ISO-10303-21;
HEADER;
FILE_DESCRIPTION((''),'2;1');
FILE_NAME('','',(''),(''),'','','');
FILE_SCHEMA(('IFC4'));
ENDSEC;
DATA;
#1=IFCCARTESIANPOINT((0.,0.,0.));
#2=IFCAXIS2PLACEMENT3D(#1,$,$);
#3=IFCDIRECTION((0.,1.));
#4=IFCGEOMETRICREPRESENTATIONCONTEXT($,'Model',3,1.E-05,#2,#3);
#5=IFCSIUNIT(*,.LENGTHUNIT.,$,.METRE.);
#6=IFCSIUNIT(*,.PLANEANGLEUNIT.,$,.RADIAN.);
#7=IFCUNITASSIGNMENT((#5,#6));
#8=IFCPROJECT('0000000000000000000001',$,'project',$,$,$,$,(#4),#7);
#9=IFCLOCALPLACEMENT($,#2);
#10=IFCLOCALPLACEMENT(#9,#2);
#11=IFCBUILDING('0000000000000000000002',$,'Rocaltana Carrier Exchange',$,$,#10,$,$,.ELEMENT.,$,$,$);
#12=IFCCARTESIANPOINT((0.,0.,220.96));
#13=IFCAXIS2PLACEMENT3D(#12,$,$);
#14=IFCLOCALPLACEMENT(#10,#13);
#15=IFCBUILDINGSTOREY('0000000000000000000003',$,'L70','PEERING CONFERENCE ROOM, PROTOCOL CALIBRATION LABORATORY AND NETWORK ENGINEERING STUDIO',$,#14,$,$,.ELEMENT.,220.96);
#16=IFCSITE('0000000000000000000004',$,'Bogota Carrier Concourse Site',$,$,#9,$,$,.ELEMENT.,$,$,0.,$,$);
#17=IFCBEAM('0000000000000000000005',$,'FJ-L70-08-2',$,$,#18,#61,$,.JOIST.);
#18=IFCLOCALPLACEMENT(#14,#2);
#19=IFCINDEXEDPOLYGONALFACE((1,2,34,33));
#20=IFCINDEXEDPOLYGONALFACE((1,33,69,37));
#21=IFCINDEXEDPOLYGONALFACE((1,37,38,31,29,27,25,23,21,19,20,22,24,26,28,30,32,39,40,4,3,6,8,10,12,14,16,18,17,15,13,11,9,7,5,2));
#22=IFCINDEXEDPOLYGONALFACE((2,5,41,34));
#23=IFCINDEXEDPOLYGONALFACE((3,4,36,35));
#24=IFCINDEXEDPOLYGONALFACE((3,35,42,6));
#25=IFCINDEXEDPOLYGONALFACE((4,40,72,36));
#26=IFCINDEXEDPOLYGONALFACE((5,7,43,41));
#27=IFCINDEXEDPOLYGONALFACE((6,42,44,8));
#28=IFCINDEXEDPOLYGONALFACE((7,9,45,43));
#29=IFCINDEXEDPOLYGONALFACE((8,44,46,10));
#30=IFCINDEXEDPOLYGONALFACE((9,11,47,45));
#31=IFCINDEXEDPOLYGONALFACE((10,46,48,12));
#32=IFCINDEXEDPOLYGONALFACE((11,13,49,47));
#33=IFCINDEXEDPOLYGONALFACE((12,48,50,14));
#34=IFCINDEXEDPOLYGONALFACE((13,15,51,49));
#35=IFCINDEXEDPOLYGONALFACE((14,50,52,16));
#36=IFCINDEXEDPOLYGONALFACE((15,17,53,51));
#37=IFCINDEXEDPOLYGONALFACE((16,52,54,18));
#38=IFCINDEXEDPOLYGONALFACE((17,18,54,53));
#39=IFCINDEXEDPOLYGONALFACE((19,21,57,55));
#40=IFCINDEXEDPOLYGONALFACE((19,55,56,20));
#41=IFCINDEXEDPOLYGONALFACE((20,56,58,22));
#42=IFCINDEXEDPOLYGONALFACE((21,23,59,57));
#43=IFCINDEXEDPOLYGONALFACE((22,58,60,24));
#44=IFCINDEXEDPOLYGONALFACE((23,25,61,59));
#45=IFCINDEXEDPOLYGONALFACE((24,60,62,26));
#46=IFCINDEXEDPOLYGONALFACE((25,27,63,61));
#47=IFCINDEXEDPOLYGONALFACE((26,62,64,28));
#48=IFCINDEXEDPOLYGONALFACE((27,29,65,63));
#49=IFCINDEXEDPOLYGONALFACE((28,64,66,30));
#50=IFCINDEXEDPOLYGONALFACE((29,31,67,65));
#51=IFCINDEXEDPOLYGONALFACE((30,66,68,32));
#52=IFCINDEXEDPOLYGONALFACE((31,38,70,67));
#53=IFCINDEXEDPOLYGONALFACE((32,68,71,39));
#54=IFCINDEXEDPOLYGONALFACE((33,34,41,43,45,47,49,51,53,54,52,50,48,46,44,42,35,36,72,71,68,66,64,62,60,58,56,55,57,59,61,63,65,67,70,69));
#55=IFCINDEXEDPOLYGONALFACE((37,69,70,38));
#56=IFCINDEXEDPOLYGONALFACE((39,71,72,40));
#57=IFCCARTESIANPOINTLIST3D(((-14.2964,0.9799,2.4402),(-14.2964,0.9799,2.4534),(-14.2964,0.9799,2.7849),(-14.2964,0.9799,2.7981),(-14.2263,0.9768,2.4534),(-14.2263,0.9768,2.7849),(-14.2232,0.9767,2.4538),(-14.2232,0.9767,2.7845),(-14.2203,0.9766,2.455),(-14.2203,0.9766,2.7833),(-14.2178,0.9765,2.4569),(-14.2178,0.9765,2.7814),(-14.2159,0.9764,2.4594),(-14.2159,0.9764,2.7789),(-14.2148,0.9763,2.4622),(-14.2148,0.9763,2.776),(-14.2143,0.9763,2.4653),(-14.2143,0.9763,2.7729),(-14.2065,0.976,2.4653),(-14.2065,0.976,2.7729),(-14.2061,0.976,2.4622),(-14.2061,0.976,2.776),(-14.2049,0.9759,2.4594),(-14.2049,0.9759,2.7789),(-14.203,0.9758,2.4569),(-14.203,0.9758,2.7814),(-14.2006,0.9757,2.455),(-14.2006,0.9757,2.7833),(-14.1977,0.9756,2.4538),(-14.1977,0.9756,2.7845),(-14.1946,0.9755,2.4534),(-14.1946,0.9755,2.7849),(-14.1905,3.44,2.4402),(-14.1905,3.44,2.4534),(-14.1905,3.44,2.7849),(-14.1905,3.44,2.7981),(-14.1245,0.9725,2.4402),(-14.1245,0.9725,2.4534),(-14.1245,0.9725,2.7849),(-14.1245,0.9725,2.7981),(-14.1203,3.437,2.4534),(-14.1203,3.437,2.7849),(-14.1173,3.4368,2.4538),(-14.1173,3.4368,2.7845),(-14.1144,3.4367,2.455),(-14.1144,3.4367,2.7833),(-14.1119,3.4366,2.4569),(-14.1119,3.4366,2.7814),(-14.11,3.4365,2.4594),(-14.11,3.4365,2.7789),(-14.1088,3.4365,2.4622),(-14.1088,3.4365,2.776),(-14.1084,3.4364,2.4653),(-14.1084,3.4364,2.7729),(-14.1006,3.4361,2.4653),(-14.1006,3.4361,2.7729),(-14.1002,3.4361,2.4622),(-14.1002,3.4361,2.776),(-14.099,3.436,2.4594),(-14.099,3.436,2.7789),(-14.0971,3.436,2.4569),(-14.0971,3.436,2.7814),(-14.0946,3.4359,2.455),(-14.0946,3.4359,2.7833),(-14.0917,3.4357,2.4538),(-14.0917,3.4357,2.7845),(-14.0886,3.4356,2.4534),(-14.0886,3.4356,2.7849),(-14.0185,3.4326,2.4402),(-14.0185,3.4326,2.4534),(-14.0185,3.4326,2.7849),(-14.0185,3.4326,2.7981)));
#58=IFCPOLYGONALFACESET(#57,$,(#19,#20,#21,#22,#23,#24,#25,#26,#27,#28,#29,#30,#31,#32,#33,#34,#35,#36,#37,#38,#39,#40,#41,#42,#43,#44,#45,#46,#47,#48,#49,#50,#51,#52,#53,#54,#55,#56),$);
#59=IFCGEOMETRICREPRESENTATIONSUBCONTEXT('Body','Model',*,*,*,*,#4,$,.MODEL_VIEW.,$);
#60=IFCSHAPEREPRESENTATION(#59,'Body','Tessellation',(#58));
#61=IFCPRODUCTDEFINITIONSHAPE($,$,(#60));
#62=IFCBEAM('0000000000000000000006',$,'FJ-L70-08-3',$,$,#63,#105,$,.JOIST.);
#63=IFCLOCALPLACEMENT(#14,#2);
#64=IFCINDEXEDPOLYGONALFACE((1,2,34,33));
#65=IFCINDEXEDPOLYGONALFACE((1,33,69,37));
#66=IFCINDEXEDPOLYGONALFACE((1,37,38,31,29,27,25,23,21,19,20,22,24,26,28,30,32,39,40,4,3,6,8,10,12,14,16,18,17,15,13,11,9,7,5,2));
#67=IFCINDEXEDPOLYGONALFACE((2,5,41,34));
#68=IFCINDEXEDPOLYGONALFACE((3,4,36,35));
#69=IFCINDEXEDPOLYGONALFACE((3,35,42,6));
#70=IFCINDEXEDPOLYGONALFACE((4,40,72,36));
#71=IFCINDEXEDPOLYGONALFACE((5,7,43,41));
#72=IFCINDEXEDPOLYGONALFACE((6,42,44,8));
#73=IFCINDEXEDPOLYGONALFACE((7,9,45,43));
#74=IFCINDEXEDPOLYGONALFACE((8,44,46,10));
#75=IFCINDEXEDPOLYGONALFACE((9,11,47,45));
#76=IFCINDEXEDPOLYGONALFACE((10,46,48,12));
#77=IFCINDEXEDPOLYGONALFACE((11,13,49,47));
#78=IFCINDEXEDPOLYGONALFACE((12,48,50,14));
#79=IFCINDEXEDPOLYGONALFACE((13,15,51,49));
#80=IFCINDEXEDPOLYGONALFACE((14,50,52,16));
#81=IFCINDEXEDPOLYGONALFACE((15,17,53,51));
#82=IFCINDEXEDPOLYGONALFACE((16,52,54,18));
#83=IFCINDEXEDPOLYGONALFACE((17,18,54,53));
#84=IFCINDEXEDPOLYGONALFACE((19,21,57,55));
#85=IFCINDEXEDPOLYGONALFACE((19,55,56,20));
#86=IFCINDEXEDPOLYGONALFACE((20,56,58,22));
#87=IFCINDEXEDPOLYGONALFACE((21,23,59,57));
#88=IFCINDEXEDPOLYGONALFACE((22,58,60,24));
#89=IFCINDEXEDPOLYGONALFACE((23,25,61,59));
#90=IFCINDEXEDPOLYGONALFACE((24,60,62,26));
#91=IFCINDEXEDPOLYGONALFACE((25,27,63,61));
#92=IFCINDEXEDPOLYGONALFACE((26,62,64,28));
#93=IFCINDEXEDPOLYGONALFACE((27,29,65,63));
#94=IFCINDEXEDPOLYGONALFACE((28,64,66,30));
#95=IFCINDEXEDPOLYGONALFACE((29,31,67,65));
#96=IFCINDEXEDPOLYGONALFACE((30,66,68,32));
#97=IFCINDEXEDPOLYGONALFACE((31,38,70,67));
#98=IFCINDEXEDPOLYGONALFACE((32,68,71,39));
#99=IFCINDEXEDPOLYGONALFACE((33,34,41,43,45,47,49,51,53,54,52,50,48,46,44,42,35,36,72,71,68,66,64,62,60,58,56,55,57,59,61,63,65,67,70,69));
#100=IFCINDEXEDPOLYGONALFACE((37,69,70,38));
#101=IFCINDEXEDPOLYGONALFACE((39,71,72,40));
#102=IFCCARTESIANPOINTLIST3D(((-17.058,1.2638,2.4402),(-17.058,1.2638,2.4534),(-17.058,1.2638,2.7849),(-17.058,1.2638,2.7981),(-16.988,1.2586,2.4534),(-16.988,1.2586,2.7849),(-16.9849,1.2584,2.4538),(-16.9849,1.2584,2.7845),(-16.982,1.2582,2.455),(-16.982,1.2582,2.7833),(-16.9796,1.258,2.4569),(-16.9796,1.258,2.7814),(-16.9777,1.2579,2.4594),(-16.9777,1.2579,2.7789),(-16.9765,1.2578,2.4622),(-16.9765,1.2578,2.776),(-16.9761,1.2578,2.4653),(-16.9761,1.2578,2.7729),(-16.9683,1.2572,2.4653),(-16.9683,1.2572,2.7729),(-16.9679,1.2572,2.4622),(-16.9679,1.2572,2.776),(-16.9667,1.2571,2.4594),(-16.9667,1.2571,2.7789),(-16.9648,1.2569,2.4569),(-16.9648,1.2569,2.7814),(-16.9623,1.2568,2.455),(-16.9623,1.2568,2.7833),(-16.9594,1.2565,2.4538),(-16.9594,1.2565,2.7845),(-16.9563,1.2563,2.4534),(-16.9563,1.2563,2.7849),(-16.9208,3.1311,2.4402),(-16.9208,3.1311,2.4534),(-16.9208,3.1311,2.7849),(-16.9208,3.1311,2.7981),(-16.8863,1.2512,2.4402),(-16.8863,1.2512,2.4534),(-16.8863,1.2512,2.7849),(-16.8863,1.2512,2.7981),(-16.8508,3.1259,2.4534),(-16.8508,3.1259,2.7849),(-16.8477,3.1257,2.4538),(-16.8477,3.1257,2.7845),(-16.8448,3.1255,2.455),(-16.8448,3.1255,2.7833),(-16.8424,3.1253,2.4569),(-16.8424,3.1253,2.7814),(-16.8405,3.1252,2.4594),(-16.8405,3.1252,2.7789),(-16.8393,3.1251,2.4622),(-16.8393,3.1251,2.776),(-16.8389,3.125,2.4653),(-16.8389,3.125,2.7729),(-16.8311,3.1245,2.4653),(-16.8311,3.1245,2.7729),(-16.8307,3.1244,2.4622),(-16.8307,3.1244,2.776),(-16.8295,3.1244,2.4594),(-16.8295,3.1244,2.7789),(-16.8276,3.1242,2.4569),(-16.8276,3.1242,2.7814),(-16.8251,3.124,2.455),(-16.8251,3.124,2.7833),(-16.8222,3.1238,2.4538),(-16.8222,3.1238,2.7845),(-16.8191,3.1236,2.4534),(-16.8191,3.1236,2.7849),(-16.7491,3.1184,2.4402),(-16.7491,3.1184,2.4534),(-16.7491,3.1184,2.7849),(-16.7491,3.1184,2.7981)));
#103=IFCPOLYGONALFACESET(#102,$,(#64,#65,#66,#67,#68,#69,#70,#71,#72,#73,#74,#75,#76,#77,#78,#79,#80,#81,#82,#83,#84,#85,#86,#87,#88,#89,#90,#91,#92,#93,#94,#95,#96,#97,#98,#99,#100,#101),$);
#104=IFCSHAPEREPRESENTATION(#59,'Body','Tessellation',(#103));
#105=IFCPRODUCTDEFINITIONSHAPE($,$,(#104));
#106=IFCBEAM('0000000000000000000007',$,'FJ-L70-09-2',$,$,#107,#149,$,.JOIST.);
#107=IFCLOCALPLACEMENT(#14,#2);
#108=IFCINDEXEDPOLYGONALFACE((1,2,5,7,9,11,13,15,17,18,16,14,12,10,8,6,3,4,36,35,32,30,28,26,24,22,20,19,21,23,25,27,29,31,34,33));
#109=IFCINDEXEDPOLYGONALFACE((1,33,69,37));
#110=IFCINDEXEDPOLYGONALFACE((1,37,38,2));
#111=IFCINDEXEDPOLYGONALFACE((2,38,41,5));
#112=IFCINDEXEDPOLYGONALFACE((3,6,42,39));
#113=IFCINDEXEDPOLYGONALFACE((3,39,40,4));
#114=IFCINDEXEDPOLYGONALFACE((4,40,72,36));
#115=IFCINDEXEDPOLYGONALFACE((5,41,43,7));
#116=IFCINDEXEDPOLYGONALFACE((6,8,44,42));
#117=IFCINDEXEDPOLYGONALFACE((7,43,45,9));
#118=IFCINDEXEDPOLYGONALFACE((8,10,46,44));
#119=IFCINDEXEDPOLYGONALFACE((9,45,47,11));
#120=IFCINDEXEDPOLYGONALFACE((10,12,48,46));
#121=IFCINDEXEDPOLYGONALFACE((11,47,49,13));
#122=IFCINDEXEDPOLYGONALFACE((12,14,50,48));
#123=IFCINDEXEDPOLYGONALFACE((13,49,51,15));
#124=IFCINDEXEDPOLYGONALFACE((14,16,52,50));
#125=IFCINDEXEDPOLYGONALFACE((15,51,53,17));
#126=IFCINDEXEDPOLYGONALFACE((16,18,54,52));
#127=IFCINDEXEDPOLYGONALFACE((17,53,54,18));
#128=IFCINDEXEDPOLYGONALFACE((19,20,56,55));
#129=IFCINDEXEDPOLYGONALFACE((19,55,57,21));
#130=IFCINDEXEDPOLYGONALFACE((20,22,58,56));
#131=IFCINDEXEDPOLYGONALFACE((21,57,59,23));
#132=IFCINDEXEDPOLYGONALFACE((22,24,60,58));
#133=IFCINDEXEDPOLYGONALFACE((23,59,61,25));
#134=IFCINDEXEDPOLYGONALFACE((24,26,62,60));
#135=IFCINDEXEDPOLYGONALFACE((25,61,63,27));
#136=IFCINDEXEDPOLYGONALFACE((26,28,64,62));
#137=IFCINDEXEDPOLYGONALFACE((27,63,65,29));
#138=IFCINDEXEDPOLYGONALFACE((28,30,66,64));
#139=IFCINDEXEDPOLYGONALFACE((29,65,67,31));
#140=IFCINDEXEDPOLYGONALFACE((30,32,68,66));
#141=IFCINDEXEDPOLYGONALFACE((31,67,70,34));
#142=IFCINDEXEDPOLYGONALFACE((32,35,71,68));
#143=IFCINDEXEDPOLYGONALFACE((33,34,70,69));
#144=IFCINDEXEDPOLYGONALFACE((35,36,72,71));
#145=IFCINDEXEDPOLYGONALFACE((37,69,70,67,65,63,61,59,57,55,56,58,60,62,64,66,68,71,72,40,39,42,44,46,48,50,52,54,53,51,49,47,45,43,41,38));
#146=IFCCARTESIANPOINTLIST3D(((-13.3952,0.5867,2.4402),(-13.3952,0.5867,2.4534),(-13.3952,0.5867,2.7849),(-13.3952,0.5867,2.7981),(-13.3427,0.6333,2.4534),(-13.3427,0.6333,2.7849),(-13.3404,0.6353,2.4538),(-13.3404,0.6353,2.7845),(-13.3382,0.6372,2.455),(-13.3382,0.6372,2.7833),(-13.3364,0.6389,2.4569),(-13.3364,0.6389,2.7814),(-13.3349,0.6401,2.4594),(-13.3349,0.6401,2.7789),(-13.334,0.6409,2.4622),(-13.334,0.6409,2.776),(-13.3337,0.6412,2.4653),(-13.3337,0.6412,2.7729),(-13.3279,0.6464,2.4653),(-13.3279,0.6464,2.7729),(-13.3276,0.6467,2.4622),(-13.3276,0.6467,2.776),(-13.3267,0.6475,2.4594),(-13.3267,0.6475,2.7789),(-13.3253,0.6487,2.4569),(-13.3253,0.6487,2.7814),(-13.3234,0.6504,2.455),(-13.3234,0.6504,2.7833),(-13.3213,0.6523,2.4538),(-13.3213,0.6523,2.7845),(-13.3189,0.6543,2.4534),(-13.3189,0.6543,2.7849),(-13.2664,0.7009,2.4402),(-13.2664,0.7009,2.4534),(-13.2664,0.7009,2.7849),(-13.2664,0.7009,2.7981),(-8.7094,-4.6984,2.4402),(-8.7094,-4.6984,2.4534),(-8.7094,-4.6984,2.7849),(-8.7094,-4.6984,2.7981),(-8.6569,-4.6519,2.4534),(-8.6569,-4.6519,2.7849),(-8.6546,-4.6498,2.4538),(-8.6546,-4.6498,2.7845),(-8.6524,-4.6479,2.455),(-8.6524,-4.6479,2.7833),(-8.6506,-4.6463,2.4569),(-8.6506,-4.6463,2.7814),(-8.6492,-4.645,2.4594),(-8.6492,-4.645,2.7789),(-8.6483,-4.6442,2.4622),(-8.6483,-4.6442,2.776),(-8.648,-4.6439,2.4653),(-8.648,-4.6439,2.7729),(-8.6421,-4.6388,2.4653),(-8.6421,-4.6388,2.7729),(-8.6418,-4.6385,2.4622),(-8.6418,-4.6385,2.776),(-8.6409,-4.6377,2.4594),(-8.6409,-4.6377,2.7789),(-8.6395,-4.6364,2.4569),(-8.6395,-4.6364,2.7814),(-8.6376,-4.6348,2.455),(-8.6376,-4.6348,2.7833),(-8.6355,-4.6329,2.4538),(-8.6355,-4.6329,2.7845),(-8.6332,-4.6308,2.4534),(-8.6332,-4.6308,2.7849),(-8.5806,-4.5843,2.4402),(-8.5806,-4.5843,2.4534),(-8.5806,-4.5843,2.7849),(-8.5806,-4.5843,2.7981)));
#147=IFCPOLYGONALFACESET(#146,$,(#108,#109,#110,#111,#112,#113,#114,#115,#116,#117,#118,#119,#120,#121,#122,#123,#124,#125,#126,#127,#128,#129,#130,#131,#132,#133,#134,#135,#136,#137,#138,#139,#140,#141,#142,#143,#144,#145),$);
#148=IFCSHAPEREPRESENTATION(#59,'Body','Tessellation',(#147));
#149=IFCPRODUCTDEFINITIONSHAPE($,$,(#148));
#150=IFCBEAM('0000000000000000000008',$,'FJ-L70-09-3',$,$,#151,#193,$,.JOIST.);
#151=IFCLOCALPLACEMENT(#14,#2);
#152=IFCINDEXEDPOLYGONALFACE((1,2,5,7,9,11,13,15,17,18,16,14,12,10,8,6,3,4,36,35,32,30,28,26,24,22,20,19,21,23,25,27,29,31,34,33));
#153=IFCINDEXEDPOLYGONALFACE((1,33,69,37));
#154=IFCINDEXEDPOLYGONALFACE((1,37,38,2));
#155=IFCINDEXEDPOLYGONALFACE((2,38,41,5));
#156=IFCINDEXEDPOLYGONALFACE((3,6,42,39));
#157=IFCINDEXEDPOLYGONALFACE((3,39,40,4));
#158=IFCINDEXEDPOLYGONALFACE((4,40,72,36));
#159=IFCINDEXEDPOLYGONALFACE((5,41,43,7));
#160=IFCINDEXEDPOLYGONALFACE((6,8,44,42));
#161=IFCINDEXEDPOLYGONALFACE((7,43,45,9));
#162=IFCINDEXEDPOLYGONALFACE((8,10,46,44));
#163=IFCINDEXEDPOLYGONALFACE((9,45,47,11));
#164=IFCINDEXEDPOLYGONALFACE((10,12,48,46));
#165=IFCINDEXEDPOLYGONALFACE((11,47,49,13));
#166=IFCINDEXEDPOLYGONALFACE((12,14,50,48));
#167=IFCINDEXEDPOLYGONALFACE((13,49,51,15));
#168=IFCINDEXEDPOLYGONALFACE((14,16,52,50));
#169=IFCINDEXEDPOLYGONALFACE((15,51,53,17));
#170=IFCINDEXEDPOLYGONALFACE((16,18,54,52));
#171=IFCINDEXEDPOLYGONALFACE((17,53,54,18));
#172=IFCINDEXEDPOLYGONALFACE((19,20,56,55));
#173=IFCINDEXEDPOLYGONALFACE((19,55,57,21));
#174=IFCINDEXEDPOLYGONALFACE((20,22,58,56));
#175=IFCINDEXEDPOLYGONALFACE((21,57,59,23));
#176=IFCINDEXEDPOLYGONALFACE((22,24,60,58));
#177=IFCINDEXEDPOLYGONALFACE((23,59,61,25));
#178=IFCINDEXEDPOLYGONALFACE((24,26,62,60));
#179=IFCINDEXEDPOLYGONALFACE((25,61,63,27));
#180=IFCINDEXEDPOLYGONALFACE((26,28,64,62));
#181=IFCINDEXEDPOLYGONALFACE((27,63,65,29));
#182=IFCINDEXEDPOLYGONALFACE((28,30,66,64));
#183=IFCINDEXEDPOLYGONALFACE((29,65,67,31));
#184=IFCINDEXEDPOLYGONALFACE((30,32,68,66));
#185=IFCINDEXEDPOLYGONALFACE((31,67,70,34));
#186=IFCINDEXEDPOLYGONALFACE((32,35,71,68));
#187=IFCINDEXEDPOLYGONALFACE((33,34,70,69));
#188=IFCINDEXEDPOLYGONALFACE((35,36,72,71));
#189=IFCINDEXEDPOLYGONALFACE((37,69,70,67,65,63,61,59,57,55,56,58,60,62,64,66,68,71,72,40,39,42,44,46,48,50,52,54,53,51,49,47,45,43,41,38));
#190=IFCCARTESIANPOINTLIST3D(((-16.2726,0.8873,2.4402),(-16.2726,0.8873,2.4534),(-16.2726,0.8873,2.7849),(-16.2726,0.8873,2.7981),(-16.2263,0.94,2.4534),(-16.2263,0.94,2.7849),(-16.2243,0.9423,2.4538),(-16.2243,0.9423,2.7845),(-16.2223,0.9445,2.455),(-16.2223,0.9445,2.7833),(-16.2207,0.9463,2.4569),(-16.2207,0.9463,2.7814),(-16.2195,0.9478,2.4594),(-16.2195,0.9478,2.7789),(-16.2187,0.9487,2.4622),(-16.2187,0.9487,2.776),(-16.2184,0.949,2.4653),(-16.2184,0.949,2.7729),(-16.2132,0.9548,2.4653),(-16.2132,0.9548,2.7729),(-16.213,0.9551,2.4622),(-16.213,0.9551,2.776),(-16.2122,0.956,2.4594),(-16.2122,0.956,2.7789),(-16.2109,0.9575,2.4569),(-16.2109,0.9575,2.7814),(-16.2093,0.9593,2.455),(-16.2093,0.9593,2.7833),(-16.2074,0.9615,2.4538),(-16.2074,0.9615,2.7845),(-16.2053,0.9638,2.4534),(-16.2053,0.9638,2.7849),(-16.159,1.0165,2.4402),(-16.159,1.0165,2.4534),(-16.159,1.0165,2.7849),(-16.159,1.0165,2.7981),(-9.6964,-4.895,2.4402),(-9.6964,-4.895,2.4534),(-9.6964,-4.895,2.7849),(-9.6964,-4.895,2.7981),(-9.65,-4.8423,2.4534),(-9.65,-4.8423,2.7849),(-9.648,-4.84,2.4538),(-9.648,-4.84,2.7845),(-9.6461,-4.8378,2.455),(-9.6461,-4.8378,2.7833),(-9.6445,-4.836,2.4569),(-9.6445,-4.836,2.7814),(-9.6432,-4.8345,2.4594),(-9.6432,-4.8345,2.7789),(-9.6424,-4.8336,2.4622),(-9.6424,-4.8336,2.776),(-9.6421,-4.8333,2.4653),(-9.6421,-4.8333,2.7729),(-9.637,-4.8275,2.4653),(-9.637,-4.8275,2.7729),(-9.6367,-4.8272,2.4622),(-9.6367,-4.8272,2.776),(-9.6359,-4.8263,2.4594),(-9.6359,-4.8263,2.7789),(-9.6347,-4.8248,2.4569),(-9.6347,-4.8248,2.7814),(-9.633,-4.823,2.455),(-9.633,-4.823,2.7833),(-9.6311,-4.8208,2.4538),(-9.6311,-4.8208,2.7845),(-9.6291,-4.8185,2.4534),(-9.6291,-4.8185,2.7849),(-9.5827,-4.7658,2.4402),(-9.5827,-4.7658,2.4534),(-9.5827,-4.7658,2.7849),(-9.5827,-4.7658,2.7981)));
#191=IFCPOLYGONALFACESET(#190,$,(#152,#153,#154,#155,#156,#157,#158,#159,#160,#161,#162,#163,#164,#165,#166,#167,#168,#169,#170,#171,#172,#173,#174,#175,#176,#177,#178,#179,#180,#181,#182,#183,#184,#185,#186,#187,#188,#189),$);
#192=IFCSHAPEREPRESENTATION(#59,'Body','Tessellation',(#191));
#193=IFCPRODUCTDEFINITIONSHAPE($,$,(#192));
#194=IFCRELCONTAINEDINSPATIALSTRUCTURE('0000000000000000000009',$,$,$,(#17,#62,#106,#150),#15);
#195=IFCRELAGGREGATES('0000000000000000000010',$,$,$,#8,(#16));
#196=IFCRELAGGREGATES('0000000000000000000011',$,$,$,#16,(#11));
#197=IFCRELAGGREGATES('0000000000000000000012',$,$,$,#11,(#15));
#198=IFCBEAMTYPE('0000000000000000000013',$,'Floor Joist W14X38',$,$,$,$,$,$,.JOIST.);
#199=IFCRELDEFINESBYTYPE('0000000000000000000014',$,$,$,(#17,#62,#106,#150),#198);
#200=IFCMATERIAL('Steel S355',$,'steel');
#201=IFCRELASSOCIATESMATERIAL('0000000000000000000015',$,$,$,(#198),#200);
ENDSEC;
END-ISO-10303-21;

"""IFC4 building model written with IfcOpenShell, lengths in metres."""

from ifc_helpers import new_model, si_unit, direction, frame, origin, origin_2d, place, context, subcontext, project, spatial, i_section, extrude, material, material_profile, profile_set, type_object, element, save


model = new_model("IFC4")

# Units and contexts
model_context = context("Model", 3, precision=1e-05, world=origin(), true_north=direction((0.0, 1.0)))
body_context = subcontext(model_context, "Body", "Model", "MODEL_VIEW")
ifc_project = project(units=[si_unit("LENGTHUNIT", "METRE"), si_unit("PLANEANGLEUNIT", "RADIAN")], contexts=[model_context])

# Site, building, storey
site_placement = place(None, origin())
site = spatial("IfcSite", under=ifc_project, at=site_placement, Name="Bogota Carrier Concourse Site", CompositionType="ELEMENT", RefElevation=0.0)
building_placement = place(site_placement, origin())
building = spatial("IfcBuilding", under=site, at=building_placement, Name="Rocaltana Carrier Exchange", CompositionType="ELEMENT")
storey_placement = place(building_placement, frame((0.0, 0.0, 220.96)))
storey = spatial("IfcBuildingStorey", under=building, at=storey_placement, Name="L70", Description="PEERING CONFERENCE ROOM, PROTOCOL CALIBRATION LABORATORY AND NETWORK ENGINEERING STUDIO", CompositionType="ELEMENT", Elevation=220.96)

# Beams
ifc_material_1 = material(Name="Steel S355", Category="steel")
ifc_material_profile_1 = material_profile(ifc_material_1, i_section(OverallWidth=0.1721, OverallDepth=0.3579, WebThickness=0.0078, FlangeThickness=0.0132, FilletRadius=0.012, at=origin_2d()), Name="W14X38")
ifc_profile_set_1 = profile_set([ifc_material_profile_1], Name="Steel S355")
beam_type_1 = type_object("IfcBeamType", Name="Floor Joist W14X38", PredefinedType="JOIST", material=ifc_profile_set_1)
beam_1_placement = place(storey_placement, frame((-14.1045, 3.4363, 2.6191), z_axis=(-0.043028, -0.999074, 0.0), x_axis=(0.999074, -0.043028, 0.0)))
element("IfcBeam", 1, at=beam_1_placement, inside=storey, type_object=beam_type_1, Name="FJ-L70-08-2", PredefinedType="JOIST", context=body_context, shape_type="SweptSolid", body=[
    extrude(i_section(OverallWidth=0.1721, OverallDepth=0.3579, WebThickness=0.0078, FlangeThickness=0.0132, FilletRadius=0.012, at=origin_2d()), origin(), (0.0, 0.0, 1.0), 2.4624),
])
beam_2_placement = place(storey_placement, frame((-16.835, 3.1248, 2.6191), z_axis=(-0.073286, -0.997311, 0.0), x_axis=(0.997311, -0.073286, 0.0)))
element("IfcBeam", 2, at=beam_2_placement, inside=storey, type_object=beam_type_1, Name="FJ-L70-08-3", PredefinedType="JOIST", context=body_context, shape_type="SweptSolid", body=[
    extrude(i_section(OverallWidth=0.1721, OverallDepth=0.3579, WebThickness=0.0078, FlangeThickness=0.0132, FilletRadius=0.012, at=origin_2d()), origin(), (0.0, 0.0, 1.0), 1.8723),
])
beam_3_placement = place(storey_placement, frame((-13.3308, 0.6438, 2.6191), z_axis=(0.663404, -0.748261, 0.0), x_axis=(0.748261, 0.663404, 0.0)))
element("IfcBeam", 3, at=beam_3_placement, inside=storey, type_object=beam_type_1, Name="FJ-L70-09-2", PredefinedType="JOIST", context=body_context, shape_type="SweptSolid", body=[
    extrude(i_section(OverallWidth=0.1721, OverallDepth=0.3579, WebThickness=0.0078, FlangeThickness=0.0132, FilletRadius=0.012, at=origin_2d()), origin(), (0.0, 0.0, 1.0), 7.0632),
])
beam_4_placement = place(storey_placement, frame((-16.2158, 0.9519, 2.6191), z_axis=(0.750986, -0.660319, 0.0), x_axis=(0.660319, 0.750986, 0.0)))
element("IfcBeam", 4, at=beam_4_placement, inside=storey, type_object=beam_type_1, Name="FJ-L70-09-3", PredefinedType="JOIST", context=body_context, shape_type="SweptSolid", body=[
    extrude(i_section(OverallWidth=0.1721, OverallDepth=0.3579, WebThickness=0.0078, FlangeThickness=0.0132, FilletRadius=0.012, at=origin_2d()), origin(), (0.0, 0.0, 1.0), 8.7568),
])

save(model, "model.ifc")
